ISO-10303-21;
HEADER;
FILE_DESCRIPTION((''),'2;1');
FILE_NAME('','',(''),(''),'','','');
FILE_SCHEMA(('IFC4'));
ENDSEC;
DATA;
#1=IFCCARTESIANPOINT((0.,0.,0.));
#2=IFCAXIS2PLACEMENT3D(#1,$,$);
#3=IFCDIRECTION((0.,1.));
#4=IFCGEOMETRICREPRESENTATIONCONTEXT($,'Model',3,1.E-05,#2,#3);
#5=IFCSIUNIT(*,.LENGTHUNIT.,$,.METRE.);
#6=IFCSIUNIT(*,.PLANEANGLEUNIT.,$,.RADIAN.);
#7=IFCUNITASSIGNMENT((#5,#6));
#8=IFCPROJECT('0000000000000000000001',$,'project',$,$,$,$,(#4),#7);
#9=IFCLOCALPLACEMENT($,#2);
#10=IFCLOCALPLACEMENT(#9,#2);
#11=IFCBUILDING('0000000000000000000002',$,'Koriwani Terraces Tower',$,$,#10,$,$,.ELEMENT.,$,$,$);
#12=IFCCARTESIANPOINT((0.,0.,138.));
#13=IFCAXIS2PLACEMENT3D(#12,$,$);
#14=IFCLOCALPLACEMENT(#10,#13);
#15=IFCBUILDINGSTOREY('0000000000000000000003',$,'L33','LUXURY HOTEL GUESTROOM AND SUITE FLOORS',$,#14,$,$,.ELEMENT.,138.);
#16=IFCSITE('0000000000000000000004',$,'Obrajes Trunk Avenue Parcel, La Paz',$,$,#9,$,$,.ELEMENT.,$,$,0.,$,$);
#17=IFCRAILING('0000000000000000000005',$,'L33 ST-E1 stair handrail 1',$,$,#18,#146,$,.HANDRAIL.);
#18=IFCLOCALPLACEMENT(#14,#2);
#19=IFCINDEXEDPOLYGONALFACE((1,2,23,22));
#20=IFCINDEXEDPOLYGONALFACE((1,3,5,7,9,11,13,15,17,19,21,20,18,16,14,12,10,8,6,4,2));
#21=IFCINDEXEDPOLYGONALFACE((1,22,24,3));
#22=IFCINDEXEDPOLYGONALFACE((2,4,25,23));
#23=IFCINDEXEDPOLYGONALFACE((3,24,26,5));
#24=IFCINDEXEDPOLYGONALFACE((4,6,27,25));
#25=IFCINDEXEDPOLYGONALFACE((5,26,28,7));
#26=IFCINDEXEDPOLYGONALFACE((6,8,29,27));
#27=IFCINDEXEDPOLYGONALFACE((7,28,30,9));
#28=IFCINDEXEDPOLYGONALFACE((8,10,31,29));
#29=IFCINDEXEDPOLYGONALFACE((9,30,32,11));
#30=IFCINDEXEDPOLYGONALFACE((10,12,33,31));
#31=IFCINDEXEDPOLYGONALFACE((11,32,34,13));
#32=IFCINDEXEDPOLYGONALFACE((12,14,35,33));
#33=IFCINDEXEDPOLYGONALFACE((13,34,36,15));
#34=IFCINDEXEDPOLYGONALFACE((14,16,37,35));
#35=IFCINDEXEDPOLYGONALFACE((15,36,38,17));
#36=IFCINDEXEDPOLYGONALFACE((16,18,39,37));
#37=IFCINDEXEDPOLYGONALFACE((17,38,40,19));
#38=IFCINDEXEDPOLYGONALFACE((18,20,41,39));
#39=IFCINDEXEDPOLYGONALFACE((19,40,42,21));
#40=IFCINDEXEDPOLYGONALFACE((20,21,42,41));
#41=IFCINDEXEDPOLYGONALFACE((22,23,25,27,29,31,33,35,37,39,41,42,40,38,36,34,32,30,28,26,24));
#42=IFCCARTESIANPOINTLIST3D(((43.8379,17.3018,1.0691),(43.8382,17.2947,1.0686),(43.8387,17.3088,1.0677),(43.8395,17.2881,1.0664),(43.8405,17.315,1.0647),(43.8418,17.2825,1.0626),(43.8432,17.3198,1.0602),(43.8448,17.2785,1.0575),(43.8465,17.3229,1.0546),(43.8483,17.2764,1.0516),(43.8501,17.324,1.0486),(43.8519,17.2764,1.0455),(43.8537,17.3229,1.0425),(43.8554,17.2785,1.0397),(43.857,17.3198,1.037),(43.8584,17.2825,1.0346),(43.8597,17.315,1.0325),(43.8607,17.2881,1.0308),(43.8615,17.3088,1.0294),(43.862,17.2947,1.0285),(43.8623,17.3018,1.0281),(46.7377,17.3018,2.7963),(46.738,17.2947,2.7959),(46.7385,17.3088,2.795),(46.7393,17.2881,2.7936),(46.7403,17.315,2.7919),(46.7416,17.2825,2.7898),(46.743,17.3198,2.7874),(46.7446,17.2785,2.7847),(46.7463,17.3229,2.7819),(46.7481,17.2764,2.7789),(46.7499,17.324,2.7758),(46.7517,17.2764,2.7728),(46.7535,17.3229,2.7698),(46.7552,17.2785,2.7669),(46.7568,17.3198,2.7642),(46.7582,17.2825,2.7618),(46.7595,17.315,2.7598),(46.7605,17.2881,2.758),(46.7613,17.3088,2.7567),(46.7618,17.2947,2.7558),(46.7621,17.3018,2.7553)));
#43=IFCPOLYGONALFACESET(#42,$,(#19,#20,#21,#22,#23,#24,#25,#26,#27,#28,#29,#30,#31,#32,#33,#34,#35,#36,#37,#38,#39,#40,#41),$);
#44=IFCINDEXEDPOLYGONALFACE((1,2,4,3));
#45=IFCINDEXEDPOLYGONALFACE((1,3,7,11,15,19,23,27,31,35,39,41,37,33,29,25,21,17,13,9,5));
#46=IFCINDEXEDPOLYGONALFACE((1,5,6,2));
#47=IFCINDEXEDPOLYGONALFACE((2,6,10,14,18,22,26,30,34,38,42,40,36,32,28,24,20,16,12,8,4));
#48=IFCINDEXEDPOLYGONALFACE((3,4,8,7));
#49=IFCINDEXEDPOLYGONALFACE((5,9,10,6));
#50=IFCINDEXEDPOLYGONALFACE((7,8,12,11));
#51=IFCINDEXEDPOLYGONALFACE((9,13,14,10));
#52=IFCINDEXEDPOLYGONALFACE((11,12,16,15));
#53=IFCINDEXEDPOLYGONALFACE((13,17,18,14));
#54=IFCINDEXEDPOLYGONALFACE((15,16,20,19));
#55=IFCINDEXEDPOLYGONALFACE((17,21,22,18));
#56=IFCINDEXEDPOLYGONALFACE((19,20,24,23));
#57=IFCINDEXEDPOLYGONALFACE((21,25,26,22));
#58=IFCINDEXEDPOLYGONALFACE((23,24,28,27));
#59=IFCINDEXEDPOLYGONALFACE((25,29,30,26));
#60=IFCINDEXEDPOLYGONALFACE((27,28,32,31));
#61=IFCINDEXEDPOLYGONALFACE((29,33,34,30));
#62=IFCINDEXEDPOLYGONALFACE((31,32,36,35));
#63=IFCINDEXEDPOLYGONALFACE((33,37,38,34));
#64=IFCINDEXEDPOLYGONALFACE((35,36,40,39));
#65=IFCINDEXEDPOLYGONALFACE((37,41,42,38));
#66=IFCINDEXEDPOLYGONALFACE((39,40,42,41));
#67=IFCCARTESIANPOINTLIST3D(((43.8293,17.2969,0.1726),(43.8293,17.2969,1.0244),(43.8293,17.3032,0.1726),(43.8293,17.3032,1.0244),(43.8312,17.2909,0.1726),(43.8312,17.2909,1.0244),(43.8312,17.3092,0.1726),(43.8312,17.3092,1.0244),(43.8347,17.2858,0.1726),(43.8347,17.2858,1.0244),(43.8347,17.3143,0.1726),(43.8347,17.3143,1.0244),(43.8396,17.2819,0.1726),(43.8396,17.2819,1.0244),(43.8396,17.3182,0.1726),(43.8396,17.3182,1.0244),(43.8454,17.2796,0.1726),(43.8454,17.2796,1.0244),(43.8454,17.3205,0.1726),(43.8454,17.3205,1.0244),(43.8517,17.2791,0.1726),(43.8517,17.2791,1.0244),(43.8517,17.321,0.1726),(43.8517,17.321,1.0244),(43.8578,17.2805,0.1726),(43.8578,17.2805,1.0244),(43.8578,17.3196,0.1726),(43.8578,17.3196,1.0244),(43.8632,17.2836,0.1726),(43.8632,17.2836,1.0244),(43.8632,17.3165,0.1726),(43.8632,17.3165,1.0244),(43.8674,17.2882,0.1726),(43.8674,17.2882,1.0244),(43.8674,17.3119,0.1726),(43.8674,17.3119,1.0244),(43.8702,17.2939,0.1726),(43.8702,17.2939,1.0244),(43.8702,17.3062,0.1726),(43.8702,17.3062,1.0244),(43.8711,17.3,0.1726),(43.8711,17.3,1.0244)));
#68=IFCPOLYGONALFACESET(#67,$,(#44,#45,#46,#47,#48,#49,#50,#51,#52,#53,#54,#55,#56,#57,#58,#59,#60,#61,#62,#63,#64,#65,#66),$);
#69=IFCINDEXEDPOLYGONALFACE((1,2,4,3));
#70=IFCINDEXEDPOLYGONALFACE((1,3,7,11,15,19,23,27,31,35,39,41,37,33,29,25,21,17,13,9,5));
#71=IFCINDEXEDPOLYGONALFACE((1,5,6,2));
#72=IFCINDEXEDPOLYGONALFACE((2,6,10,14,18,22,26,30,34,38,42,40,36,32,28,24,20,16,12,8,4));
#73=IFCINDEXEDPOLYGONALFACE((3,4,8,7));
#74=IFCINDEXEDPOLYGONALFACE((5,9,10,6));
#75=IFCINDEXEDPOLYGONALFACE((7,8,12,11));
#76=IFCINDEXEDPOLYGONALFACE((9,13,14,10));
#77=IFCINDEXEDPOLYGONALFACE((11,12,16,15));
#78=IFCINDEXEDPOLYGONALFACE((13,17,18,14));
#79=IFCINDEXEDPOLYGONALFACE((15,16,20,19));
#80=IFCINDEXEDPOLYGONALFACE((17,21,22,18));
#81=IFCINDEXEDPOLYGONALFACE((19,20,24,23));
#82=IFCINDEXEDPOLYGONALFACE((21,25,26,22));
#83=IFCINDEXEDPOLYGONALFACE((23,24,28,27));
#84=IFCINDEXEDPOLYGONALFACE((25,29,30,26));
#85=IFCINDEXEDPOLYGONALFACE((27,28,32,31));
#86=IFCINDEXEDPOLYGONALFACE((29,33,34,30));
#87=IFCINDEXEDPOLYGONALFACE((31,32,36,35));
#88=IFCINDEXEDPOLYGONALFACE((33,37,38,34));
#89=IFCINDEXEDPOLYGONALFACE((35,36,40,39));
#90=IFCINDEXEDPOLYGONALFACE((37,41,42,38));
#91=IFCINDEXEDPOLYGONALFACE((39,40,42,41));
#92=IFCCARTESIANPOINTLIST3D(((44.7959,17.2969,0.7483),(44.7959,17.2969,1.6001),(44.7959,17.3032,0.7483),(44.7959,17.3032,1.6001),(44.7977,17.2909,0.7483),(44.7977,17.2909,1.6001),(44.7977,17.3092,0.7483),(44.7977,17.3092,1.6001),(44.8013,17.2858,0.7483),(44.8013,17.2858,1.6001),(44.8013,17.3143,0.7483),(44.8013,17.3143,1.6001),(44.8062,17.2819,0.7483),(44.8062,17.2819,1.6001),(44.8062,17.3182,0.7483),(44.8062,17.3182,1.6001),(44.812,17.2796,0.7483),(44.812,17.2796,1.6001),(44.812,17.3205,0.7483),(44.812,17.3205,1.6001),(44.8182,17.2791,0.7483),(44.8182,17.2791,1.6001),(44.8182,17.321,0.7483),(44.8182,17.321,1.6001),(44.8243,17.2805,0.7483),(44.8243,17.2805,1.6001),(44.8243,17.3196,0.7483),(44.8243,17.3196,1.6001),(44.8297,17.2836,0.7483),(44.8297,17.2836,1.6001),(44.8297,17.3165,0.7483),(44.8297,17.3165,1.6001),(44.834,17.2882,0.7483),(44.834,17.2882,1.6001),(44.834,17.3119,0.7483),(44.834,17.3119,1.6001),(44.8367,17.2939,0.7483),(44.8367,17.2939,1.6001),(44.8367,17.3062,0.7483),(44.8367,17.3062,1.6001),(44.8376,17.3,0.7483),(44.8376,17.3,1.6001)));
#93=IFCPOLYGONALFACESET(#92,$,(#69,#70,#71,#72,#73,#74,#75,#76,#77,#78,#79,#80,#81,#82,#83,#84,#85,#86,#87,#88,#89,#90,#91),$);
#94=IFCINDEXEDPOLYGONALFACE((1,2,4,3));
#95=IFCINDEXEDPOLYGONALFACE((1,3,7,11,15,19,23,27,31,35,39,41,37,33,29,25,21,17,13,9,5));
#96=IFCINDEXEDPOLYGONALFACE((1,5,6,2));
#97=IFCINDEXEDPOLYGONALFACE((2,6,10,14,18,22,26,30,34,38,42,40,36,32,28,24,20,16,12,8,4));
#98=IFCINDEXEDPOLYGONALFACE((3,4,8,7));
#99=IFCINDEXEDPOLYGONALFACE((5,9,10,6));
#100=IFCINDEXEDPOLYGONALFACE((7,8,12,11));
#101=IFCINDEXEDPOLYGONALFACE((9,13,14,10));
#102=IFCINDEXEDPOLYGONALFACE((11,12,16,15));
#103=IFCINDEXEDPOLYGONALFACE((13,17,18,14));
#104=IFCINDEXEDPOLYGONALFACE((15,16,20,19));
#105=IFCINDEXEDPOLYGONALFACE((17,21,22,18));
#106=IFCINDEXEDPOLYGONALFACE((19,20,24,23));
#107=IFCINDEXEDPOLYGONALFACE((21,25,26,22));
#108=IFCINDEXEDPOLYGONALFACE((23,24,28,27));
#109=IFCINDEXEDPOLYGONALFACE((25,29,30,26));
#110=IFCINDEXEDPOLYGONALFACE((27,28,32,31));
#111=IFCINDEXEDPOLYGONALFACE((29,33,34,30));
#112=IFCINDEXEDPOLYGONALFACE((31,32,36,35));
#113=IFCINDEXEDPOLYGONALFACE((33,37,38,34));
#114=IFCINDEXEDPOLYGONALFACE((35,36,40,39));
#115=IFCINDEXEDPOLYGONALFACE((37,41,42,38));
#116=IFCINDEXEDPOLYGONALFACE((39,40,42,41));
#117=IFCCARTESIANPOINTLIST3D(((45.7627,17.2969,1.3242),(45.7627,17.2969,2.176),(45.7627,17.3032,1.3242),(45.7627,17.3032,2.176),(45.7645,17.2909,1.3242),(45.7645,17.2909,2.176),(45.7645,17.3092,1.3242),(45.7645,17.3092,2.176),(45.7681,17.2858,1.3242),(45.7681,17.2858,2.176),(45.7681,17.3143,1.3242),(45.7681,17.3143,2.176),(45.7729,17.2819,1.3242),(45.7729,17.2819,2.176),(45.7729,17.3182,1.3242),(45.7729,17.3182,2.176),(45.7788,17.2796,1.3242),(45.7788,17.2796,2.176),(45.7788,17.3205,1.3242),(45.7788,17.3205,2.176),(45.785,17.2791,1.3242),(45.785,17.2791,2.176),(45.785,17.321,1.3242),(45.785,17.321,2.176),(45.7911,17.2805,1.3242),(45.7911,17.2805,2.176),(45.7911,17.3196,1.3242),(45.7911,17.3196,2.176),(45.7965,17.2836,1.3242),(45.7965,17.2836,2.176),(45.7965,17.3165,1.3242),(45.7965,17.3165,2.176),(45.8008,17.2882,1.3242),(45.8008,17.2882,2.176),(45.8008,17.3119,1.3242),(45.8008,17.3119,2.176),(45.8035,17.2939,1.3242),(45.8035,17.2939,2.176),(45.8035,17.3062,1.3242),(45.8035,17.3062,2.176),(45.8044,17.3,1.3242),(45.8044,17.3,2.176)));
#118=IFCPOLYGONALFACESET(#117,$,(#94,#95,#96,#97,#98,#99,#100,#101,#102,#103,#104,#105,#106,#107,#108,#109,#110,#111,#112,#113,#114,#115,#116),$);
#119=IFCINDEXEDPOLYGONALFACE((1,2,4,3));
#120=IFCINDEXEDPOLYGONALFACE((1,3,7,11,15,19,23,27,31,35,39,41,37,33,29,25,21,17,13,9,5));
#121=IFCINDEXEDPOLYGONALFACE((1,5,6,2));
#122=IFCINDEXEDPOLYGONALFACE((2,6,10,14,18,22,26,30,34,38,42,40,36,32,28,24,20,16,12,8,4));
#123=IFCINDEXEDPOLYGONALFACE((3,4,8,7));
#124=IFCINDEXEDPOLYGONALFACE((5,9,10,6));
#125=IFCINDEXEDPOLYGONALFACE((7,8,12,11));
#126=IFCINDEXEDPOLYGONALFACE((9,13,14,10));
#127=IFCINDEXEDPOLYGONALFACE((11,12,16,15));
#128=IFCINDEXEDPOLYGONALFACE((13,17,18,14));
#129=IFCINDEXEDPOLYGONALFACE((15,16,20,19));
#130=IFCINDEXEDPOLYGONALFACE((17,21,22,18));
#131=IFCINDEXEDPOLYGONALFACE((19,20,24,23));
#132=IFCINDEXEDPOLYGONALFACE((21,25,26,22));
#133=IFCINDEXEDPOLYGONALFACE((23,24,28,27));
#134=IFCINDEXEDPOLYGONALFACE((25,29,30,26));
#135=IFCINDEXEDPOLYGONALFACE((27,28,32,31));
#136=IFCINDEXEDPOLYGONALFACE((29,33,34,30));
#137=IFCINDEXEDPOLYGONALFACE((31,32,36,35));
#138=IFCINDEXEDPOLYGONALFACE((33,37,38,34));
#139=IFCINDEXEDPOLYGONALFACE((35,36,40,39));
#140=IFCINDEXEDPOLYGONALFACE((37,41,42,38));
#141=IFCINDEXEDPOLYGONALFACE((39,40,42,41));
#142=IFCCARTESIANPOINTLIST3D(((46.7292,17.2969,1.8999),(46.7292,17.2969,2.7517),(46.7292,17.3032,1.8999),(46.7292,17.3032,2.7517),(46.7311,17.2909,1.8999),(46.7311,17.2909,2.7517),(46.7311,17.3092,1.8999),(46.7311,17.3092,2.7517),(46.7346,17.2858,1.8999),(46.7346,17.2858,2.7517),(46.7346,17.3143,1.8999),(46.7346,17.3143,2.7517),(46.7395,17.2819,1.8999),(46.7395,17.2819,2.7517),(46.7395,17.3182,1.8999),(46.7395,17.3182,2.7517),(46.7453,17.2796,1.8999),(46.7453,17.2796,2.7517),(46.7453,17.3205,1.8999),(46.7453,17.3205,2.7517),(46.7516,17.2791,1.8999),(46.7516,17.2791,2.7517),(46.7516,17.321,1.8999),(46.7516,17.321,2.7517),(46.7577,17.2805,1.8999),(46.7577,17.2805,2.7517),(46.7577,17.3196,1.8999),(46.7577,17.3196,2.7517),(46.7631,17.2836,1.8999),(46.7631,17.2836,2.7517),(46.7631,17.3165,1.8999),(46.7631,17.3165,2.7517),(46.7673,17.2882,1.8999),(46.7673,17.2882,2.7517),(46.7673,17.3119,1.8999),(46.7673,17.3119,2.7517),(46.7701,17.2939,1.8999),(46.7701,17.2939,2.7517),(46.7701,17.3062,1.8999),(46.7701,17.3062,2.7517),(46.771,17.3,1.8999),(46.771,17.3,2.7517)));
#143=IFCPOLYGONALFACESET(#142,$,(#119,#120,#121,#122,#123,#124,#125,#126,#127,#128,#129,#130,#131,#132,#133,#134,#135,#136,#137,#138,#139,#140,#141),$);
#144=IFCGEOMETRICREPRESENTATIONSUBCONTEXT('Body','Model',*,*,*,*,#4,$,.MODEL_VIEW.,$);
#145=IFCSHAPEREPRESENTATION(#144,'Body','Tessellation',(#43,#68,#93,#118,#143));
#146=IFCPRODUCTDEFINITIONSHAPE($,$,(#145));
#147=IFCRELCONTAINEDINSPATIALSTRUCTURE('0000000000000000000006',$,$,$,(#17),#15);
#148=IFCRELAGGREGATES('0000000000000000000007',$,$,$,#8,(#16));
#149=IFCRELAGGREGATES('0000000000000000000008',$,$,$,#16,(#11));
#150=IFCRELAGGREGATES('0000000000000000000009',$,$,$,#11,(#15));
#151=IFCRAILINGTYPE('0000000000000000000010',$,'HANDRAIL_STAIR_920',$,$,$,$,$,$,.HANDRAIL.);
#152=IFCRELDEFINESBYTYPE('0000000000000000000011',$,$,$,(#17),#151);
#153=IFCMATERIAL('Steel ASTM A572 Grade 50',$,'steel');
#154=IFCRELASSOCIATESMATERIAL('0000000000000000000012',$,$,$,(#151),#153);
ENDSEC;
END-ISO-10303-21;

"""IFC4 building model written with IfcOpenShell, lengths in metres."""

from ifc_helpers import new_model, si_unit, direction, frame, origin, origin_2d, place, context, subcontext, project, spatial, circle, extrude, material, type_object, element, save


model = new_model("IFC4")

# Units and contexts
model_context = context("Model", 3, precision=1e-05, world=origin(), true_north=direction((0.0, 1.0)))
body_context = subcontext(model_context, "Body", "Model", "MODEL_VIEW")
ifc_project = project(units=[si_unit("LENGTHUNIT", "METRE"), si_unit("PLANEANGLEUNIT", "RADIAN")], contexts=[model_context])

# Site, building, storey
site_placement = place(None, origin())
site = spatial("IfcSite", under=ifc_project, at=site_placement, Name="Obrajes Trunk Avenue Parcel, La Paz", CompositionType="ELEMENT", RefElevation=0.0)
building_placement = place(site_placement, origin())
building = spatial("IfcBuilding", under=site, at=building_placement, Name="Koriwani Terraces Tower", CompositionType="ELEMENT")
storey_placement = place(building_placement, frame((0.0, 0.0, 138.0)))
storey = spatial("IfcBuildingStorey", under=building, at=storey_placement, Name="L33", Description="LUXURY HOTEL GUESTROOM AND SUITE FLOORS", CompositionType="ELEMENT", Elevation=138.0)

# Shared definitions
ifc_material_1 = material(Name="Steel ASTM A572 Grade 50", Category="steel")

# Railing
railing_type_1 = type_object("IfcRailingType", Name="HANDRAIL_STAIR_920", PredefinedType="HANDRAIL", material=ifc_material_1)
for number, where, name in (
    (1, (43.8501, 17.3, 0.1726), "L33 ST-E1 stair handrail 1"),
):
    element("IfcRailing", number, at=place(storey_placement, frame(where)), inside=storey, type_object=railing_type_1, Name=name, PredefinedType="HANDRAIL", context=body_context, shape_type="SweptSolid", body=[
        extrude(circle(Radius=0.0239, at=origin_2d()), frame((0.0, 0.0, 0.876), z_axis=(0.859141, 0.0, 0.511738), x_axis=(0.0, 1.0, 0.0)), (0.0, 0.0, 1.0), 3.3752),
        extrude(circle(Radius=0.021, at=origin_2d()), origin(), (0.0, 0.0, 1.0), 0.8518),
        extrude(circle(Radius=0.021, at=origin_2d()), frame((0.9666, 0.0, 0.5757)), (0.0, 0.0, 1.0), 0.8518),
        extrude(circle(Radius=0.021, at=origin_2d()), frame((1.9333, 0.0, 1.1516)), (0.0, 0.0, 1.0), 0.8518),
        extrude(circle(Radius=0.021, at=origin_2d()), frame((2.8999, 0.0, 1.7273)), (0.0, 0.0, 1.0), 0.8518),
    ])

save(model, "model.ifc")
